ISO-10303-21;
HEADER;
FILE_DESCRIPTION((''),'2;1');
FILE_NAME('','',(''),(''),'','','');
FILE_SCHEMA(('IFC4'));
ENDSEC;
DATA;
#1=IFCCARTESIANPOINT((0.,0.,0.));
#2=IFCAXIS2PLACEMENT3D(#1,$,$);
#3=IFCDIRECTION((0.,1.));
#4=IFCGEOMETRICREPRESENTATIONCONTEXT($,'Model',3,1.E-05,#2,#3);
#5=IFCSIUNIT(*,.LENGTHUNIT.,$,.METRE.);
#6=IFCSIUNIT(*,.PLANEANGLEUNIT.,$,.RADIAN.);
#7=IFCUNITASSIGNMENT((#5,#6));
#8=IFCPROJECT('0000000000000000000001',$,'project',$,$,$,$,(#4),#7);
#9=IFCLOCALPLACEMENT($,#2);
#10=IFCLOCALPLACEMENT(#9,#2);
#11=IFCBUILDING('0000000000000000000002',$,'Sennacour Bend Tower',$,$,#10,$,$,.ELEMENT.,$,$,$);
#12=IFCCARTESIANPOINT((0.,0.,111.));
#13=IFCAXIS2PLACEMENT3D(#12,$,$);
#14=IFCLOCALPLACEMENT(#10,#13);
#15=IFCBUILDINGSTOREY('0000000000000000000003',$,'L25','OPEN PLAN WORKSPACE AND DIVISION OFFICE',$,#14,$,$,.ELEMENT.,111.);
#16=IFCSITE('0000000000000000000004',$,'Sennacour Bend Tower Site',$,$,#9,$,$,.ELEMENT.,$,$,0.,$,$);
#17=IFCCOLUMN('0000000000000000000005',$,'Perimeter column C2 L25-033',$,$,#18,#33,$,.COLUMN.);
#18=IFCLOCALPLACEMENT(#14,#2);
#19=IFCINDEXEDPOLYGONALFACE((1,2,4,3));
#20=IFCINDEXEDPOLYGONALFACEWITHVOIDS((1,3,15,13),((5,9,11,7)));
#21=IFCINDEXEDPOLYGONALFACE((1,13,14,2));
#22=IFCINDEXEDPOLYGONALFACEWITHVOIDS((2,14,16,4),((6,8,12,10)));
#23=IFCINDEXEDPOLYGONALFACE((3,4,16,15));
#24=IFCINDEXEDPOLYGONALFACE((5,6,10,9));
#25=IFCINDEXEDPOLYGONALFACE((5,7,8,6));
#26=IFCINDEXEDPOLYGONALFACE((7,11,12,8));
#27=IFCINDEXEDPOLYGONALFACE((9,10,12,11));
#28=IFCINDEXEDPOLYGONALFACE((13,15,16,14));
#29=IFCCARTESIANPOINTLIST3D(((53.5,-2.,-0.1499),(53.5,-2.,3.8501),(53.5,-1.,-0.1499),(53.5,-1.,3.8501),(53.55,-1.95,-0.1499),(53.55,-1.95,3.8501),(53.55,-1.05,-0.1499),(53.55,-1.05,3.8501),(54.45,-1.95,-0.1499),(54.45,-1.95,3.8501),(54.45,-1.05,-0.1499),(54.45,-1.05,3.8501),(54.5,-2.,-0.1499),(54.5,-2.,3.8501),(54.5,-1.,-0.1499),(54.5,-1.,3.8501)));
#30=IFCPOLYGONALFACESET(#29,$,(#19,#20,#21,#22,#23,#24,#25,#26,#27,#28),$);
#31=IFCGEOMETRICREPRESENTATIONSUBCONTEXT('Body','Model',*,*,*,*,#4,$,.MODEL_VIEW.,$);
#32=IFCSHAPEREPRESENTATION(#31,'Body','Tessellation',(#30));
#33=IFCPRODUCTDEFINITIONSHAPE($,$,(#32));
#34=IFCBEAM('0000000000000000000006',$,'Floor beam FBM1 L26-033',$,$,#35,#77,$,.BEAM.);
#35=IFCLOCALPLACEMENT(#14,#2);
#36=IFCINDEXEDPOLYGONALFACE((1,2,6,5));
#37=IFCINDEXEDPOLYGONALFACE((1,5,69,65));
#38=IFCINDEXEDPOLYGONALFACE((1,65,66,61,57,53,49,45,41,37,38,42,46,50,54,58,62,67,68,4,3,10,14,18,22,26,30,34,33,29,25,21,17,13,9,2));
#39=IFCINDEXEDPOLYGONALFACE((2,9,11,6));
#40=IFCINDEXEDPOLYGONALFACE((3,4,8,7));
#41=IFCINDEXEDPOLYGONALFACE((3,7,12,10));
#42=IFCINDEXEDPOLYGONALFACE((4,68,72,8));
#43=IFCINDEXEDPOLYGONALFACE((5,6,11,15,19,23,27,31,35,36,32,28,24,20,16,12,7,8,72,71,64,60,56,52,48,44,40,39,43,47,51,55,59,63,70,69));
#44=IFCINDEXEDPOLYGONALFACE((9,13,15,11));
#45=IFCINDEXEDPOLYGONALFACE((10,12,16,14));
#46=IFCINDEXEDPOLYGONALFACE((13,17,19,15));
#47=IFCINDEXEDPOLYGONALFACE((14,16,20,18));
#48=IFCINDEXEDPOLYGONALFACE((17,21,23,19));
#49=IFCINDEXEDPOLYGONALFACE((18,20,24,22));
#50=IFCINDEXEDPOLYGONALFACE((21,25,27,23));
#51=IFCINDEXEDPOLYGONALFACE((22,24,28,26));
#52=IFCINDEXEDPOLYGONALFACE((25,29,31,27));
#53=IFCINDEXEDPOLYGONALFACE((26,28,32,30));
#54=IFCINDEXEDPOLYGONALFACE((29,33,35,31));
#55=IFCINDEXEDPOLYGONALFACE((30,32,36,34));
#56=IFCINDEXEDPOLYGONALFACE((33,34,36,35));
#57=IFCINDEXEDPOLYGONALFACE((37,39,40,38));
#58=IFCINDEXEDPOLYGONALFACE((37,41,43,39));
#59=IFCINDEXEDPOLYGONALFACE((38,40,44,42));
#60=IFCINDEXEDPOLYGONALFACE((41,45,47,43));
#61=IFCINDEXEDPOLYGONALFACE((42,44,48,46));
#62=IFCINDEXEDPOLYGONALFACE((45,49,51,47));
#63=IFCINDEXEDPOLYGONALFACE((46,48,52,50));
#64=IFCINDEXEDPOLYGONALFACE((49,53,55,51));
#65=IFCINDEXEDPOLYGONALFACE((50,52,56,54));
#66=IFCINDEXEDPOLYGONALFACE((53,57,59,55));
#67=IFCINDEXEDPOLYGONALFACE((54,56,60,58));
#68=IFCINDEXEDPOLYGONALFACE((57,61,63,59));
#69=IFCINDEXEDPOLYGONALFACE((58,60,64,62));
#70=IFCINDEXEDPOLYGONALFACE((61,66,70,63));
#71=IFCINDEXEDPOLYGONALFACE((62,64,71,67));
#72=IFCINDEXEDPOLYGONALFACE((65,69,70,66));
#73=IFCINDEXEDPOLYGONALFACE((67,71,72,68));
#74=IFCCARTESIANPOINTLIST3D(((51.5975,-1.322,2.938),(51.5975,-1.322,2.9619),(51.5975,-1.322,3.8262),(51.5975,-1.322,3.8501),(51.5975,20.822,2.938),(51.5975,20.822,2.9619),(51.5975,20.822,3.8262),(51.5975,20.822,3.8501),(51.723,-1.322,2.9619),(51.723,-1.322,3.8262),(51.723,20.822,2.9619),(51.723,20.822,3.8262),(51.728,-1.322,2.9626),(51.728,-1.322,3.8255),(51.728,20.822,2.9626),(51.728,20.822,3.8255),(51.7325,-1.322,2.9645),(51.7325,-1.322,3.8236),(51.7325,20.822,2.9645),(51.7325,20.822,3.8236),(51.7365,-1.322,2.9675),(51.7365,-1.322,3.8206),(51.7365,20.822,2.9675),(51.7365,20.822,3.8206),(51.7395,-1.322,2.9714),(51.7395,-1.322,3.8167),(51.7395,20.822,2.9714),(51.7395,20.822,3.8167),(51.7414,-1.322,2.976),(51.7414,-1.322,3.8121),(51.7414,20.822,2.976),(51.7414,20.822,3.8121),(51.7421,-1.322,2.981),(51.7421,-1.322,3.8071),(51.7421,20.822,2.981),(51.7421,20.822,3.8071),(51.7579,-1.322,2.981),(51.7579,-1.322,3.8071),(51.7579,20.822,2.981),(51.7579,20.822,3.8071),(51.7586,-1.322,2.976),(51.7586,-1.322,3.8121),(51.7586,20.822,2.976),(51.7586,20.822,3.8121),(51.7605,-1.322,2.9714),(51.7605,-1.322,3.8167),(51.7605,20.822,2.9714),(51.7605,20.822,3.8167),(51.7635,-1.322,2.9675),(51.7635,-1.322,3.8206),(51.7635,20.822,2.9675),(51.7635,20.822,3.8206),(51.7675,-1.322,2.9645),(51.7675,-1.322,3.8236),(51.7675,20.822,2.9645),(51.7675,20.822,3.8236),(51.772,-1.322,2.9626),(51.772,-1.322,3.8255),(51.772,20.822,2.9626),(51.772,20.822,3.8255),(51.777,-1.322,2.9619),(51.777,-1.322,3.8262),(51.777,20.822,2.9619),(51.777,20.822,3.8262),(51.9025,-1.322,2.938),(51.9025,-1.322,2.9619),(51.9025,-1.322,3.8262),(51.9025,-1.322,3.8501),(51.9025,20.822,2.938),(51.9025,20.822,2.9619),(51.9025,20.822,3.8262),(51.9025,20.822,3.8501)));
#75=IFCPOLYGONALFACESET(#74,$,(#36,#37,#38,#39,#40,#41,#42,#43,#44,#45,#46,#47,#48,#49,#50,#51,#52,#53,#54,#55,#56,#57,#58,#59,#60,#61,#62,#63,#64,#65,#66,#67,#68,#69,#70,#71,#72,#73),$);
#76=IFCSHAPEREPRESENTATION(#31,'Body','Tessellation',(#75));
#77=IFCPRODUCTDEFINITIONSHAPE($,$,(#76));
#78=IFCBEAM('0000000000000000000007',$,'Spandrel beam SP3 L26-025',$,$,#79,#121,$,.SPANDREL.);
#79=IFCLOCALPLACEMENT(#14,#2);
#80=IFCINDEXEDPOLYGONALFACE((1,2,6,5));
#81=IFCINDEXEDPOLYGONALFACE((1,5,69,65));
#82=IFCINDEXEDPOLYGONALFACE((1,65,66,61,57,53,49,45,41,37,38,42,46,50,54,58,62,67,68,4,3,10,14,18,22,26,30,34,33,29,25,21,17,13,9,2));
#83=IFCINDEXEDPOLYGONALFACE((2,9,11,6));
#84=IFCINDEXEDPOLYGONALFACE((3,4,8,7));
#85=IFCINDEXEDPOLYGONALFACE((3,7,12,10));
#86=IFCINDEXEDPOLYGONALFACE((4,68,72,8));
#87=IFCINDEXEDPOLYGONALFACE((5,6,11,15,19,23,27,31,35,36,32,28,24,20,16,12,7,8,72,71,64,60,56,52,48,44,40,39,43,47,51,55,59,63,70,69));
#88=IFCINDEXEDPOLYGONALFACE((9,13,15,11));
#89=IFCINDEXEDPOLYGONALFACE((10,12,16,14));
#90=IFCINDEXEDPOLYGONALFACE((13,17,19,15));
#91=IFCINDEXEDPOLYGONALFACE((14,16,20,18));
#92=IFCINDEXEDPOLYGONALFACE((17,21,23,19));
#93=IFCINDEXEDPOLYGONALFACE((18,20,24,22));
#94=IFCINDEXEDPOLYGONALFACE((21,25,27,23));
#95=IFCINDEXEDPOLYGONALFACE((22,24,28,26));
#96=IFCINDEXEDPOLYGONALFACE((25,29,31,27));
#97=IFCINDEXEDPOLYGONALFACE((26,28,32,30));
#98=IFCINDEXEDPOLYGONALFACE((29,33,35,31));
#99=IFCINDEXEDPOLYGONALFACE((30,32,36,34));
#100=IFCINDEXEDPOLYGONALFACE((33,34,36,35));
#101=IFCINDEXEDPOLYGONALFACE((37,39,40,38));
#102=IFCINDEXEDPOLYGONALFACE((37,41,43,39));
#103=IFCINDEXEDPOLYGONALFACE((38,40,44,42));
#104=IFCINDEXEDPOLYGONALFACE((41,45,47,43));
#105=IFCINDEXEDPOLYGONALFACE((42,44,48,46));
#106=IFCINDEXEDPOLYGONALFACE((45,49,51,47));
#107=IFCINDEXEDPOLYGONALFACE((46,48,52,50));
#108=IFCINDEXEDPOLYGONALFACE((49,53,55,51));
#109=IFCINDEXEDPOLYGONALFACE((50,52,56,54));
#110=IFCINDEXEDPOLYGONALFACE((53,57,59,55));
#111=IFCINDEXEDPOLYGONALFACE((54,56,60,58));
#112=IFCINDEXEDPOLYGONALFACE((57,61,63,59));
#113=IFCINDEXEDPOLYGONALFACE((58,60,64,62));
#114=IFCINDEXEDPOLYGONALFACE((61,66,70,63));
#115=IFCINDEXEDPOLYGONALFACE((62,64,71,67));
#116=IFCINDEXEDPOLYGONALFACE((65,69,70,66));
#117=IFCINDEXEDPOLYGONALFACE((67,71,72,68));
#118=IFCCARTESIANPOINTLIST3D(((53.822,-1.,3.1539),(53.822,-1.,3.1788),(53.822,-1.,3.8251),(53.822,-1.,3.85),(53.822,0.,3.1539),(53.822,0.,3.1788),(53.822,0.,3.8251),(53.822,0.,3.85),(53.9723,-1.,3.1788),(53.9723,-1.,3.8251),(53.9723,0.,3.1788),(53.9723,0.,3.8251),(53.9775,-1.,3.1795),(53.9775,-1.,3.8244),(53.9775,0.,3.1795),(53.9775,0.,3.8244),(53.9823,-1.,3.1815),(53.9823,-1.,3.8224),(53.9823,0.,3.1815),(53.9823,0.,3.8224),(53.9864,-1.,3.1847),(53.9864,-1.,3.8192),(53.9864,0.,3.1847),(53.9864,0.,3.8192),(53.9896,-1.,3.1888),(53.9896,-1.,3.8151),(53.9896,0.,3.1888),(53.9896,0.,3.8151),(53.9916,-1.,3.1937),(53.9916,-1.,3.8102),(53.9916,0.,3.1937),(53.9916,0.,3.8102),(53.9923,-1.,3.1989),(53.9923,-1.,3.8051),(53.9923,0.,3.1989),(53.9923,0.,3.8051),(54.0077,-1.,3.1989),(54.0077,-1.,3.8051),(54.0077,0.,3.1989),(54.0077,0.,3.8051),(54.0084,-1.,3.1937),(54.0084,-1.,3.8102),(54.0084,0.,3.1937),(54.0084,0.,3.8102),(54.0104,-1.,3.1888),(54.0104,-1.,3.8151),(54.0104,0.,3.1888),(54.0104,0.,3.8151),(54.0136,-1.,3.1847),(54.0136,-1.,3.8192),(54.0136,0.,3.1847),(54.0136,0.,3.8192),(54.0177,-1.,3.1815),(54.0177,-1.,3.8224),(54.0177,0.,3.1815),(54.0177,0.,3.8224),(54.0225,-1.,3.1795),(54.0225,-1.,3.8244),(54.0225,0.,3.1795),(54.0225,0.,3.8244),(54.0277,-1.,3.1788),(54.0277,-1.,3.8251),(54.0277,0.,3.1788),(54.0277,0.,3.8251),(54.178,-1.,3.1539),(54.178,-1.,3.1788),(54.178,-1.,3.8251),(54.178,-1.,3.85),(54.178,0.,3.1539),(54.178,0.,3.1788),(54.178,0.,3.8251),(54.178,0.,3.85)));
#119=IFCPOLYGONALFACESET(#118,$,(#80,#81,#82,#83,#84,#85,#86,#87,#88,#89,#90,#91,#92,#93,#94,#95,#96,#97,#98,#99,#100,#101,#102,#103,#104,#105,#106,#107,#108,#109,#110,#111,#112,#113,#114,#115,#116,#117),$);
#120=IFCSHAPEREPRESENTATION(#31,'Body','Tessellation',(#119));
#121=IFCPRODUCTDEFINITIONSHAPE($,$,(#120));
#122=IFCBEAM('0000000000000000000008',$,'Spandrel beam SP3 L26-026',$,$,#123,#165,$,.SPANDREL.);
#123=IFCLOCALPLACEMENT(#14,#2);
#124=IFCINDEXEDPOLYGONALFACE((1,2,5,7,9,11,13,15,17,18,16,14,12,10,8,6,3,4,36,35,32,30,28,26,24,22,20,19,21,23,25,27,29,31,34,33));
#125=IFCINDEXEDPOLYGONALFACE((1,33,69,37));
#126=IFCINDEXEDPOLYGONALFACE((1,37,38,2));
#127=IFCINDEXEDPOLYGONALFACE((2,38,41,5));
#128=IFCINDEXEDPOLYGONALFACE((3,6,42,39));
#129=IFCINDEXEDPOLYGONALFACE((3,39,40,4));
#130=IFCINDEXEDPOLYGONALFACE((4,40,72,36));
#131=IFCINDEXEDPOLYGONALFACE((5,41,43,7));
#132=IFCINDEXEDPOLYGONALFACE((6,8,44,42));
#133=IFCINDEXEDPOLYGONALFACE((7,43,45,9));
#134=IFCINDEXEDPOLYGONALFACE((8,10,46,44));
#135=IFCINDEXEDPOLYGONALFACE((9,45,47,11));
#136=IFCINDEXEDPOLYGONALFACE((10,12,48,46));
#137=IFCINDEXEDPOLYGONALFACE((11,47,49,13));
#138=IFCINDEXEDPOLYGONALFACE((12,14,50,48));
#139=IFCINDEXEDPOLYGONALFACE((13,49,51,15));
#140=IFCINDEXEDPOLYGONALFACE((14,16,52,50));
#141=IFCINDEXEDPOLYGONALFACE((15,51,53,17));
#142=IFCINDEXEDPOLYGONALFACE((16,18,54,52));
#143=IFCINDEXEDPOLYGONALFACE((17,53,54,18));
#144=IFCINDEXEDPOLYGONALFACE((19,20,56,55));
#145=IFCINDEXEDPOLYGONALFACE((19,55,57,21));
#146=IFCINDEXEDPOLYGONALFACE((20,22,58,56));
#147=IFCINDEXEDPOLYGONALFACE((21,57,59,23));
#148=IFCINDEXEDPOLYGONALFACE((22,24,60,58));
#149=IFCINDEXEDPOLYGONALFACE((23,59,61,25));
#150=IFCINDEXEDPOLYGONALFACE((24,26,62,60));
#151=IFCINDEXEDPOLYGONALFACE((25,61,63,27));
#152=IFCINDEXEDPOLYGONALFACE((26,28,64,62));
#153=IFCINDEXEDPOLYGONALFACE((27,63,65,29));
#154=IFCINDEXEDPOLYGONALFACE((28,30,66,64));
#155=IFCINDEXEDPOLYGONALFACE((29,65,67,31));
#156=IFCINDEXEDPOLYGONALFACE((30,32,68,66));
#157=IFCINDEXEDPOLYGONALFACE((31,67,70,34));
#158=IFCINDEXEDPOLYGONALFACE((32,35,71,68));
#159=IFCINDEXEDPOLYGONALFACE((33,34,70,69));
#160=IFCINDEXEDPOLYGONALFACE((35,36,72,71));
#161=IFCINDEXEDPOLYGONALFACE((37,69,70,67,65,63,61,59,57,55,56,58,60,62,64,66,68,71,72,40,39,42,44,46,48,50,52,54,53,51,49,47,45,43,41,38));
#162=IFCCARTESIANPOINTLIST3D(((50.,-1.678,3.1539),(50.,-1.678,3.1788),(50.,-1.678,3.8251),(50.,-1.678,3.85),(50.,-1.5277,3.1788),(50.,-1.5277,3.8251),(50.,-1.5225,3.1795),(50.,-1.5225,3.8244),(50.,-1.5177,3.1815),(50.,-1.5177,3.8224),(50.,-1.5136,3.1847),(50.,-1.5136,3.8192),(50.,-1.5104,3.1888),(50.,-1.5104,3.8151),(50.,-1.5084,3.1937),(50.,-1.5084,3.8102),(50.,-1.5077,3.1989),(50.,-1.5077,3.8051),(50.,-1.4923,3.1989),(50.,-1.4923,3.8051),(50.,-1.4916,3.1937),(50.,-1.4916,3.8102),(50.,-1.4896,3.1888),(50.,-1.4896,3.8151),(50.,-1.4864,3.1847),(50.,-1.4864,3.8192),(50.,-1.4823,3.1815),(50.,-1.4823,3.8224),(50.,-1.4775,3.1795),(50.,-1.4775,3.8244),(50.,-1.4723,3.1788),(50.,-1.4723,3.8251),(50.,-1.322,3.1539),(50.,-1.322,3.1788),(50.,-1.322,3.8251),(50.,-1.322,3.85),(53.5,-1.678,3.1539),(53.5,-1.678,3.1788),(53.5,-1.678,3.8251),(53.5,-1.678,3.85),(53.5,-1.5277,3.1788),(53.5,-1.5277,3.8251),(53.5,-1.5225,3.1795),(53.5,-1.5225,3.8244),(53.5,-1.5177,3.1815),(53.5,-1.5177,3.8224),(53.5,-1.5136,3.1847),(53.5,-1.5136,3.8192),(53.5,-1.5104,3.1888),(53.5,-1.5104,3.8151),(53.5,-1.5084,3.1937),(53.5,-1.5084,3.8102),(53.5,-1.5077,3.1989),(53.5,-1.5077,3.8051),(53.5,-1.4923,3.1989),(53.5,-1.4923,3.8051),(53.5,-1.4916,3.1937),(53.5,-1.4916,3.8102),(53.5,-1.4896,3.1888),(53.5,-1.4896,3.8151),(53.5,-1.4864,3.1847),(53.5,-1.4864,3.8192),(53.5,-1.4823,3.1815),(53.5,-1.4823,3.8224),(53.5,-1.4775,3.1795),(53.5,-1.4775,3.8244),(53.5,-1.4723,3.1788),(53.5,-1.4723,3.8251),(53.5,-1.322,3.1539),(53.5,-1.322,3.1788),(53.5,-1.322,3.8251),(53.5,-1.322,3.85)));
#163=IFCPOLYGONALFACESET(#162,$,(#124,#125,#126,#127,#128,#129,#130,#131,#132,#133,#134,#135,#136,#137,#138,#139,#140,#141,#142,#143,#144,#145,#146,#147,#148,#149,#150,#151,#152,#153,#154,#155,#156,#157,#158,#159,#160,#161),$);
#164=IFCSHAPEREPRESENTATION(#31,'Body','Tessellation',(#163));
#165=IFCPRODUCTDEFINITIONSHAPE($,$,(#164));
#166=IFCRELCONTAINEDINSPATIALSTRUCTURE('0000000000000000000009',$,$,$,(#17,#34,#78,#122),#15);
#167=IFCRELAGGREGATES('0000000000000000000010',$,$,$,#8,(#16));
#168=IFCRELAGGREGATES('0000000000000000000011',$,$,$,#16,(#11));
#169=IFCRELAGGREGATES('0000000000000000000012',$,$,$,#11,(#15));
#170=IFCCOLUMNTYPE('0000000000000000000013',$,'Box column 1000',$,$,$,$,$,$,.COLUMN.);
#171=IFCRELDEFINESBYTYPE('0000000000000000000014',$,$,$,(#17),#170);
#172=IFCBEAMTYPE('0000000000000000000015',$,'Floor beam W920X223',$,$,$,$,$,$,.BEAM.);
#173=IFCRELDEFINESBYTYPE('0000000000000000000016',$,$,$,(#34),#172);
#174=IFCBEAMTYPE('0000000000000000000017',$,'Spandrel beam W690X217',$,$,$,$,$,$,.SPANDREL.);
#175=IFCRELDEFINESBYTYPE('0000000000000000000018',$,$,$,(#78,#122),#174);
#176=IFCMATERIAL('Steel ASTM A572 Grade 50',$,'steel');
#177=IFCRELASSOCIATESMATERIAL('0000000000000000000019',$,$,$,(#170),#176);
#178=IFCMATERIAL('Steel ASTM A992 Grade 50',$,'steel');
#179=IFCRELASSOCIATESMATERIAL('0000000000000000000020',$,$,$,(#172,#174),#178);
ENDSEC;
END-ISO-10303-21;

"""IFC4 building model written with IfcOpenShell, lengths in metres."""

from ifc_helpers import new_model, si_unit, direction, frame, origin, origin_2d, place, context, subcontext, project, spatial, hollow_rectangle, i_section, extrude, material, material_profile, profile_set, type_object, element, save


model = new_model("IFC4")

# Units and contexts
model_context = context("Model", 3, precision=1e-05, world=origin(), true_north=direction((0.0, 1.0)))
body_context = subcontext(model_context, "Body", "Model", "MODEL_VIEW")
ifc_project = project(units=[si_unit("LENGTHUNIT", "METRE"), si_unit("PLANEANGLEUNIT", "RADIAN")], contexts=[model_context])

# Site, building, storey
site_placement = place(None, origin())
site = spatial("IfcSite", under=ifc_project, at=site_placement, Name="Sennacour Bend Tower Site", CompositionType="ELEMENT", RefElevation=0.0)
building_placement = place(site_placement, origin())
building = spatial("IfcBuilding", under=site, at=building_placement, Name="Sennacour Bend Tower", CompositionType="ELEMENT")
storey_placement = place(building_placement, frame((0.0, 0.0, 111.0)))
storey = spatial("IfcBuildingStorey", under=building, at=storey_placement, Name="L25", Description="OPEN PLAN WORKSPACE AND DIVISION OFFICE", CompositionType="ELEMENT", Elevation=111.0)

# Column
ifc_material_1 = material(Name="Steel ASTM A572 Grade 50", Category="steel")
ifc_material_profile_1 = material_profile(ifc_material_1, hollow_rectangle(XDim=1.0, YDim=1.0, WallThickness=0.05, at=origin_2d()), Name="Steel ASTM A572 Grade 50", Category="steel")
ifc_profile_set_1 = profile_set([ifc_material_profile_1], Name="Steel ASTM A572 Grade 50")
column_type = type_object("IfcColumnType", Name="Box column 1000", PredefinedType="COLUMN", material=ifc_profile_set_1)
column_placement = place(storey_placement, frame((54.0, -1.5, -0.1499), z_axis=(0.0, 0.0, 1.0), x_axis=(1.0, 0.0, 0.0)))
element("IfcColumn", 1, at=column_placement, inside=storey, type_object=column_type, Name="Perimeter column C2 L25-033", PredefinedType="COLUMN", context=body_context, shape_type="SweptSolid", body=[
    extrude(hollow_rectangle(XDim=1.0, YDim=1.0, WallThickness=0.05, at=origin_2d()), origin(), (0.0, 0.0, 1.0), 4.0),
])

# Beams
ifc_material_2 = material(Name="Steel ASTM A992 Grade 50", Category="steel")
ifc_material_profile_2 = material_profile(ifc_material_2, i_section(OverallWidth=0.3049, OverallDepth=0.9121, WebThickness=0.0159, FlangeThickness=0.0239, FilletRadius=0.019, at=origin_2d()), Name="Steel ASTM A992 Grade 50", Category="steel")
ifc_profile_set_2 = profile_set([ifc_material_profile_2], Name="Steel ASTM A992 Grade 50")
beam_type_1 = type_object("IfcBeamType", Name="Floor beam W920X223", PredefinedType="BEAM", material=ifc_profile_set_2)
beam_1_placement = place(storey_placement, frame((51.75, -1.322, 3.394), z_axis=(0.0, 1.0, 0.0), x_axis=(-1.0, 0.0, 0.0)))
element("IfcBeam", 2, at=beam_1_placement, inside=storey, type_object=beam_type_1, Name="Floor beam FBM1 L26-033", PredefinedType="BEAM", context=body_context, shape_type="SweptSolid", body=[
    extrude(i_section(OverallWidth=0.3049, OverallDepth=0.9121, WebThickness=0.0159, FlangeThickness=0.0239, FilletRadius=0.019, at=origin_2d()), origin(), (0.0, 0.0, 1.0), 22.144),
])
ifc_material_profile_3 = material_profile(ifc_material_2, i_section(OverallWidth=0.356, OverallDepth=0.696, WebThickness=0.0154, FlangeThickness=0.0249, FilletRadius=0.02, at=origin_2d()), Name="Steel ASTM A992 Grade 50", Category="steel")
ifc_profile_set_3 = profile_set([ifc_material_profile_3], Name="Steel ASTM A992 Grade 50")
beam_type_2 = type_object("IfcBeamType", Name="Spandrel beam W690X217", PredefinedType="SPANDREL", material=ifc_profile_set_3)
beam_2_placement = place(storey_placement, frame((54.0, 0.0, 3.502), z_axis=(0.0, -1.0, 0.0), x_axis=(1.0, 0.0, 0.0)))
element("IfcBeam", 3, at=beam_2_placement, inside=storey, type_object=beam_type_2, Name="Spandrel beam SP3 L26-025", PredefinedType="SPANDREL", context=body_context, shape_type="SweptSolid", body=[
    extrude(i_section(OverallWidth=0.356, OverallDepth=0.696, WebThickness=0.0154, FlangeThickness=0.0249, FilletRadius=0.02, at=origin_2d()), origin(), (0.0, 0.0, 1.0), 1.0),
])
beam_3_placement = place(storey_placement, frame((53.5, -1.5, 3.502), z_axis=(-1.0, 0.0, 0.0), x_axis=(0.0, -1.0, 0.0)))
element("IfcBeam", 4, at=beam_3_placement, inside=storey, type_object=beam_type_2, Name="Spandrel beam SP3 L26-026", PredefinedType="SPANDREL", context=body_context, shape_type="SweptSolid", body=[
    extrude(i_section(OverallWidth=0.356, OverallDepth=0.696, WebThickness=0.0154, FlangeThickness=0.0249, FilletRadius=0.02, at=origin_2d()), origin(), (0.0, 0.0, 1.0), 3.5),
])

save(model, "model.ifc")
